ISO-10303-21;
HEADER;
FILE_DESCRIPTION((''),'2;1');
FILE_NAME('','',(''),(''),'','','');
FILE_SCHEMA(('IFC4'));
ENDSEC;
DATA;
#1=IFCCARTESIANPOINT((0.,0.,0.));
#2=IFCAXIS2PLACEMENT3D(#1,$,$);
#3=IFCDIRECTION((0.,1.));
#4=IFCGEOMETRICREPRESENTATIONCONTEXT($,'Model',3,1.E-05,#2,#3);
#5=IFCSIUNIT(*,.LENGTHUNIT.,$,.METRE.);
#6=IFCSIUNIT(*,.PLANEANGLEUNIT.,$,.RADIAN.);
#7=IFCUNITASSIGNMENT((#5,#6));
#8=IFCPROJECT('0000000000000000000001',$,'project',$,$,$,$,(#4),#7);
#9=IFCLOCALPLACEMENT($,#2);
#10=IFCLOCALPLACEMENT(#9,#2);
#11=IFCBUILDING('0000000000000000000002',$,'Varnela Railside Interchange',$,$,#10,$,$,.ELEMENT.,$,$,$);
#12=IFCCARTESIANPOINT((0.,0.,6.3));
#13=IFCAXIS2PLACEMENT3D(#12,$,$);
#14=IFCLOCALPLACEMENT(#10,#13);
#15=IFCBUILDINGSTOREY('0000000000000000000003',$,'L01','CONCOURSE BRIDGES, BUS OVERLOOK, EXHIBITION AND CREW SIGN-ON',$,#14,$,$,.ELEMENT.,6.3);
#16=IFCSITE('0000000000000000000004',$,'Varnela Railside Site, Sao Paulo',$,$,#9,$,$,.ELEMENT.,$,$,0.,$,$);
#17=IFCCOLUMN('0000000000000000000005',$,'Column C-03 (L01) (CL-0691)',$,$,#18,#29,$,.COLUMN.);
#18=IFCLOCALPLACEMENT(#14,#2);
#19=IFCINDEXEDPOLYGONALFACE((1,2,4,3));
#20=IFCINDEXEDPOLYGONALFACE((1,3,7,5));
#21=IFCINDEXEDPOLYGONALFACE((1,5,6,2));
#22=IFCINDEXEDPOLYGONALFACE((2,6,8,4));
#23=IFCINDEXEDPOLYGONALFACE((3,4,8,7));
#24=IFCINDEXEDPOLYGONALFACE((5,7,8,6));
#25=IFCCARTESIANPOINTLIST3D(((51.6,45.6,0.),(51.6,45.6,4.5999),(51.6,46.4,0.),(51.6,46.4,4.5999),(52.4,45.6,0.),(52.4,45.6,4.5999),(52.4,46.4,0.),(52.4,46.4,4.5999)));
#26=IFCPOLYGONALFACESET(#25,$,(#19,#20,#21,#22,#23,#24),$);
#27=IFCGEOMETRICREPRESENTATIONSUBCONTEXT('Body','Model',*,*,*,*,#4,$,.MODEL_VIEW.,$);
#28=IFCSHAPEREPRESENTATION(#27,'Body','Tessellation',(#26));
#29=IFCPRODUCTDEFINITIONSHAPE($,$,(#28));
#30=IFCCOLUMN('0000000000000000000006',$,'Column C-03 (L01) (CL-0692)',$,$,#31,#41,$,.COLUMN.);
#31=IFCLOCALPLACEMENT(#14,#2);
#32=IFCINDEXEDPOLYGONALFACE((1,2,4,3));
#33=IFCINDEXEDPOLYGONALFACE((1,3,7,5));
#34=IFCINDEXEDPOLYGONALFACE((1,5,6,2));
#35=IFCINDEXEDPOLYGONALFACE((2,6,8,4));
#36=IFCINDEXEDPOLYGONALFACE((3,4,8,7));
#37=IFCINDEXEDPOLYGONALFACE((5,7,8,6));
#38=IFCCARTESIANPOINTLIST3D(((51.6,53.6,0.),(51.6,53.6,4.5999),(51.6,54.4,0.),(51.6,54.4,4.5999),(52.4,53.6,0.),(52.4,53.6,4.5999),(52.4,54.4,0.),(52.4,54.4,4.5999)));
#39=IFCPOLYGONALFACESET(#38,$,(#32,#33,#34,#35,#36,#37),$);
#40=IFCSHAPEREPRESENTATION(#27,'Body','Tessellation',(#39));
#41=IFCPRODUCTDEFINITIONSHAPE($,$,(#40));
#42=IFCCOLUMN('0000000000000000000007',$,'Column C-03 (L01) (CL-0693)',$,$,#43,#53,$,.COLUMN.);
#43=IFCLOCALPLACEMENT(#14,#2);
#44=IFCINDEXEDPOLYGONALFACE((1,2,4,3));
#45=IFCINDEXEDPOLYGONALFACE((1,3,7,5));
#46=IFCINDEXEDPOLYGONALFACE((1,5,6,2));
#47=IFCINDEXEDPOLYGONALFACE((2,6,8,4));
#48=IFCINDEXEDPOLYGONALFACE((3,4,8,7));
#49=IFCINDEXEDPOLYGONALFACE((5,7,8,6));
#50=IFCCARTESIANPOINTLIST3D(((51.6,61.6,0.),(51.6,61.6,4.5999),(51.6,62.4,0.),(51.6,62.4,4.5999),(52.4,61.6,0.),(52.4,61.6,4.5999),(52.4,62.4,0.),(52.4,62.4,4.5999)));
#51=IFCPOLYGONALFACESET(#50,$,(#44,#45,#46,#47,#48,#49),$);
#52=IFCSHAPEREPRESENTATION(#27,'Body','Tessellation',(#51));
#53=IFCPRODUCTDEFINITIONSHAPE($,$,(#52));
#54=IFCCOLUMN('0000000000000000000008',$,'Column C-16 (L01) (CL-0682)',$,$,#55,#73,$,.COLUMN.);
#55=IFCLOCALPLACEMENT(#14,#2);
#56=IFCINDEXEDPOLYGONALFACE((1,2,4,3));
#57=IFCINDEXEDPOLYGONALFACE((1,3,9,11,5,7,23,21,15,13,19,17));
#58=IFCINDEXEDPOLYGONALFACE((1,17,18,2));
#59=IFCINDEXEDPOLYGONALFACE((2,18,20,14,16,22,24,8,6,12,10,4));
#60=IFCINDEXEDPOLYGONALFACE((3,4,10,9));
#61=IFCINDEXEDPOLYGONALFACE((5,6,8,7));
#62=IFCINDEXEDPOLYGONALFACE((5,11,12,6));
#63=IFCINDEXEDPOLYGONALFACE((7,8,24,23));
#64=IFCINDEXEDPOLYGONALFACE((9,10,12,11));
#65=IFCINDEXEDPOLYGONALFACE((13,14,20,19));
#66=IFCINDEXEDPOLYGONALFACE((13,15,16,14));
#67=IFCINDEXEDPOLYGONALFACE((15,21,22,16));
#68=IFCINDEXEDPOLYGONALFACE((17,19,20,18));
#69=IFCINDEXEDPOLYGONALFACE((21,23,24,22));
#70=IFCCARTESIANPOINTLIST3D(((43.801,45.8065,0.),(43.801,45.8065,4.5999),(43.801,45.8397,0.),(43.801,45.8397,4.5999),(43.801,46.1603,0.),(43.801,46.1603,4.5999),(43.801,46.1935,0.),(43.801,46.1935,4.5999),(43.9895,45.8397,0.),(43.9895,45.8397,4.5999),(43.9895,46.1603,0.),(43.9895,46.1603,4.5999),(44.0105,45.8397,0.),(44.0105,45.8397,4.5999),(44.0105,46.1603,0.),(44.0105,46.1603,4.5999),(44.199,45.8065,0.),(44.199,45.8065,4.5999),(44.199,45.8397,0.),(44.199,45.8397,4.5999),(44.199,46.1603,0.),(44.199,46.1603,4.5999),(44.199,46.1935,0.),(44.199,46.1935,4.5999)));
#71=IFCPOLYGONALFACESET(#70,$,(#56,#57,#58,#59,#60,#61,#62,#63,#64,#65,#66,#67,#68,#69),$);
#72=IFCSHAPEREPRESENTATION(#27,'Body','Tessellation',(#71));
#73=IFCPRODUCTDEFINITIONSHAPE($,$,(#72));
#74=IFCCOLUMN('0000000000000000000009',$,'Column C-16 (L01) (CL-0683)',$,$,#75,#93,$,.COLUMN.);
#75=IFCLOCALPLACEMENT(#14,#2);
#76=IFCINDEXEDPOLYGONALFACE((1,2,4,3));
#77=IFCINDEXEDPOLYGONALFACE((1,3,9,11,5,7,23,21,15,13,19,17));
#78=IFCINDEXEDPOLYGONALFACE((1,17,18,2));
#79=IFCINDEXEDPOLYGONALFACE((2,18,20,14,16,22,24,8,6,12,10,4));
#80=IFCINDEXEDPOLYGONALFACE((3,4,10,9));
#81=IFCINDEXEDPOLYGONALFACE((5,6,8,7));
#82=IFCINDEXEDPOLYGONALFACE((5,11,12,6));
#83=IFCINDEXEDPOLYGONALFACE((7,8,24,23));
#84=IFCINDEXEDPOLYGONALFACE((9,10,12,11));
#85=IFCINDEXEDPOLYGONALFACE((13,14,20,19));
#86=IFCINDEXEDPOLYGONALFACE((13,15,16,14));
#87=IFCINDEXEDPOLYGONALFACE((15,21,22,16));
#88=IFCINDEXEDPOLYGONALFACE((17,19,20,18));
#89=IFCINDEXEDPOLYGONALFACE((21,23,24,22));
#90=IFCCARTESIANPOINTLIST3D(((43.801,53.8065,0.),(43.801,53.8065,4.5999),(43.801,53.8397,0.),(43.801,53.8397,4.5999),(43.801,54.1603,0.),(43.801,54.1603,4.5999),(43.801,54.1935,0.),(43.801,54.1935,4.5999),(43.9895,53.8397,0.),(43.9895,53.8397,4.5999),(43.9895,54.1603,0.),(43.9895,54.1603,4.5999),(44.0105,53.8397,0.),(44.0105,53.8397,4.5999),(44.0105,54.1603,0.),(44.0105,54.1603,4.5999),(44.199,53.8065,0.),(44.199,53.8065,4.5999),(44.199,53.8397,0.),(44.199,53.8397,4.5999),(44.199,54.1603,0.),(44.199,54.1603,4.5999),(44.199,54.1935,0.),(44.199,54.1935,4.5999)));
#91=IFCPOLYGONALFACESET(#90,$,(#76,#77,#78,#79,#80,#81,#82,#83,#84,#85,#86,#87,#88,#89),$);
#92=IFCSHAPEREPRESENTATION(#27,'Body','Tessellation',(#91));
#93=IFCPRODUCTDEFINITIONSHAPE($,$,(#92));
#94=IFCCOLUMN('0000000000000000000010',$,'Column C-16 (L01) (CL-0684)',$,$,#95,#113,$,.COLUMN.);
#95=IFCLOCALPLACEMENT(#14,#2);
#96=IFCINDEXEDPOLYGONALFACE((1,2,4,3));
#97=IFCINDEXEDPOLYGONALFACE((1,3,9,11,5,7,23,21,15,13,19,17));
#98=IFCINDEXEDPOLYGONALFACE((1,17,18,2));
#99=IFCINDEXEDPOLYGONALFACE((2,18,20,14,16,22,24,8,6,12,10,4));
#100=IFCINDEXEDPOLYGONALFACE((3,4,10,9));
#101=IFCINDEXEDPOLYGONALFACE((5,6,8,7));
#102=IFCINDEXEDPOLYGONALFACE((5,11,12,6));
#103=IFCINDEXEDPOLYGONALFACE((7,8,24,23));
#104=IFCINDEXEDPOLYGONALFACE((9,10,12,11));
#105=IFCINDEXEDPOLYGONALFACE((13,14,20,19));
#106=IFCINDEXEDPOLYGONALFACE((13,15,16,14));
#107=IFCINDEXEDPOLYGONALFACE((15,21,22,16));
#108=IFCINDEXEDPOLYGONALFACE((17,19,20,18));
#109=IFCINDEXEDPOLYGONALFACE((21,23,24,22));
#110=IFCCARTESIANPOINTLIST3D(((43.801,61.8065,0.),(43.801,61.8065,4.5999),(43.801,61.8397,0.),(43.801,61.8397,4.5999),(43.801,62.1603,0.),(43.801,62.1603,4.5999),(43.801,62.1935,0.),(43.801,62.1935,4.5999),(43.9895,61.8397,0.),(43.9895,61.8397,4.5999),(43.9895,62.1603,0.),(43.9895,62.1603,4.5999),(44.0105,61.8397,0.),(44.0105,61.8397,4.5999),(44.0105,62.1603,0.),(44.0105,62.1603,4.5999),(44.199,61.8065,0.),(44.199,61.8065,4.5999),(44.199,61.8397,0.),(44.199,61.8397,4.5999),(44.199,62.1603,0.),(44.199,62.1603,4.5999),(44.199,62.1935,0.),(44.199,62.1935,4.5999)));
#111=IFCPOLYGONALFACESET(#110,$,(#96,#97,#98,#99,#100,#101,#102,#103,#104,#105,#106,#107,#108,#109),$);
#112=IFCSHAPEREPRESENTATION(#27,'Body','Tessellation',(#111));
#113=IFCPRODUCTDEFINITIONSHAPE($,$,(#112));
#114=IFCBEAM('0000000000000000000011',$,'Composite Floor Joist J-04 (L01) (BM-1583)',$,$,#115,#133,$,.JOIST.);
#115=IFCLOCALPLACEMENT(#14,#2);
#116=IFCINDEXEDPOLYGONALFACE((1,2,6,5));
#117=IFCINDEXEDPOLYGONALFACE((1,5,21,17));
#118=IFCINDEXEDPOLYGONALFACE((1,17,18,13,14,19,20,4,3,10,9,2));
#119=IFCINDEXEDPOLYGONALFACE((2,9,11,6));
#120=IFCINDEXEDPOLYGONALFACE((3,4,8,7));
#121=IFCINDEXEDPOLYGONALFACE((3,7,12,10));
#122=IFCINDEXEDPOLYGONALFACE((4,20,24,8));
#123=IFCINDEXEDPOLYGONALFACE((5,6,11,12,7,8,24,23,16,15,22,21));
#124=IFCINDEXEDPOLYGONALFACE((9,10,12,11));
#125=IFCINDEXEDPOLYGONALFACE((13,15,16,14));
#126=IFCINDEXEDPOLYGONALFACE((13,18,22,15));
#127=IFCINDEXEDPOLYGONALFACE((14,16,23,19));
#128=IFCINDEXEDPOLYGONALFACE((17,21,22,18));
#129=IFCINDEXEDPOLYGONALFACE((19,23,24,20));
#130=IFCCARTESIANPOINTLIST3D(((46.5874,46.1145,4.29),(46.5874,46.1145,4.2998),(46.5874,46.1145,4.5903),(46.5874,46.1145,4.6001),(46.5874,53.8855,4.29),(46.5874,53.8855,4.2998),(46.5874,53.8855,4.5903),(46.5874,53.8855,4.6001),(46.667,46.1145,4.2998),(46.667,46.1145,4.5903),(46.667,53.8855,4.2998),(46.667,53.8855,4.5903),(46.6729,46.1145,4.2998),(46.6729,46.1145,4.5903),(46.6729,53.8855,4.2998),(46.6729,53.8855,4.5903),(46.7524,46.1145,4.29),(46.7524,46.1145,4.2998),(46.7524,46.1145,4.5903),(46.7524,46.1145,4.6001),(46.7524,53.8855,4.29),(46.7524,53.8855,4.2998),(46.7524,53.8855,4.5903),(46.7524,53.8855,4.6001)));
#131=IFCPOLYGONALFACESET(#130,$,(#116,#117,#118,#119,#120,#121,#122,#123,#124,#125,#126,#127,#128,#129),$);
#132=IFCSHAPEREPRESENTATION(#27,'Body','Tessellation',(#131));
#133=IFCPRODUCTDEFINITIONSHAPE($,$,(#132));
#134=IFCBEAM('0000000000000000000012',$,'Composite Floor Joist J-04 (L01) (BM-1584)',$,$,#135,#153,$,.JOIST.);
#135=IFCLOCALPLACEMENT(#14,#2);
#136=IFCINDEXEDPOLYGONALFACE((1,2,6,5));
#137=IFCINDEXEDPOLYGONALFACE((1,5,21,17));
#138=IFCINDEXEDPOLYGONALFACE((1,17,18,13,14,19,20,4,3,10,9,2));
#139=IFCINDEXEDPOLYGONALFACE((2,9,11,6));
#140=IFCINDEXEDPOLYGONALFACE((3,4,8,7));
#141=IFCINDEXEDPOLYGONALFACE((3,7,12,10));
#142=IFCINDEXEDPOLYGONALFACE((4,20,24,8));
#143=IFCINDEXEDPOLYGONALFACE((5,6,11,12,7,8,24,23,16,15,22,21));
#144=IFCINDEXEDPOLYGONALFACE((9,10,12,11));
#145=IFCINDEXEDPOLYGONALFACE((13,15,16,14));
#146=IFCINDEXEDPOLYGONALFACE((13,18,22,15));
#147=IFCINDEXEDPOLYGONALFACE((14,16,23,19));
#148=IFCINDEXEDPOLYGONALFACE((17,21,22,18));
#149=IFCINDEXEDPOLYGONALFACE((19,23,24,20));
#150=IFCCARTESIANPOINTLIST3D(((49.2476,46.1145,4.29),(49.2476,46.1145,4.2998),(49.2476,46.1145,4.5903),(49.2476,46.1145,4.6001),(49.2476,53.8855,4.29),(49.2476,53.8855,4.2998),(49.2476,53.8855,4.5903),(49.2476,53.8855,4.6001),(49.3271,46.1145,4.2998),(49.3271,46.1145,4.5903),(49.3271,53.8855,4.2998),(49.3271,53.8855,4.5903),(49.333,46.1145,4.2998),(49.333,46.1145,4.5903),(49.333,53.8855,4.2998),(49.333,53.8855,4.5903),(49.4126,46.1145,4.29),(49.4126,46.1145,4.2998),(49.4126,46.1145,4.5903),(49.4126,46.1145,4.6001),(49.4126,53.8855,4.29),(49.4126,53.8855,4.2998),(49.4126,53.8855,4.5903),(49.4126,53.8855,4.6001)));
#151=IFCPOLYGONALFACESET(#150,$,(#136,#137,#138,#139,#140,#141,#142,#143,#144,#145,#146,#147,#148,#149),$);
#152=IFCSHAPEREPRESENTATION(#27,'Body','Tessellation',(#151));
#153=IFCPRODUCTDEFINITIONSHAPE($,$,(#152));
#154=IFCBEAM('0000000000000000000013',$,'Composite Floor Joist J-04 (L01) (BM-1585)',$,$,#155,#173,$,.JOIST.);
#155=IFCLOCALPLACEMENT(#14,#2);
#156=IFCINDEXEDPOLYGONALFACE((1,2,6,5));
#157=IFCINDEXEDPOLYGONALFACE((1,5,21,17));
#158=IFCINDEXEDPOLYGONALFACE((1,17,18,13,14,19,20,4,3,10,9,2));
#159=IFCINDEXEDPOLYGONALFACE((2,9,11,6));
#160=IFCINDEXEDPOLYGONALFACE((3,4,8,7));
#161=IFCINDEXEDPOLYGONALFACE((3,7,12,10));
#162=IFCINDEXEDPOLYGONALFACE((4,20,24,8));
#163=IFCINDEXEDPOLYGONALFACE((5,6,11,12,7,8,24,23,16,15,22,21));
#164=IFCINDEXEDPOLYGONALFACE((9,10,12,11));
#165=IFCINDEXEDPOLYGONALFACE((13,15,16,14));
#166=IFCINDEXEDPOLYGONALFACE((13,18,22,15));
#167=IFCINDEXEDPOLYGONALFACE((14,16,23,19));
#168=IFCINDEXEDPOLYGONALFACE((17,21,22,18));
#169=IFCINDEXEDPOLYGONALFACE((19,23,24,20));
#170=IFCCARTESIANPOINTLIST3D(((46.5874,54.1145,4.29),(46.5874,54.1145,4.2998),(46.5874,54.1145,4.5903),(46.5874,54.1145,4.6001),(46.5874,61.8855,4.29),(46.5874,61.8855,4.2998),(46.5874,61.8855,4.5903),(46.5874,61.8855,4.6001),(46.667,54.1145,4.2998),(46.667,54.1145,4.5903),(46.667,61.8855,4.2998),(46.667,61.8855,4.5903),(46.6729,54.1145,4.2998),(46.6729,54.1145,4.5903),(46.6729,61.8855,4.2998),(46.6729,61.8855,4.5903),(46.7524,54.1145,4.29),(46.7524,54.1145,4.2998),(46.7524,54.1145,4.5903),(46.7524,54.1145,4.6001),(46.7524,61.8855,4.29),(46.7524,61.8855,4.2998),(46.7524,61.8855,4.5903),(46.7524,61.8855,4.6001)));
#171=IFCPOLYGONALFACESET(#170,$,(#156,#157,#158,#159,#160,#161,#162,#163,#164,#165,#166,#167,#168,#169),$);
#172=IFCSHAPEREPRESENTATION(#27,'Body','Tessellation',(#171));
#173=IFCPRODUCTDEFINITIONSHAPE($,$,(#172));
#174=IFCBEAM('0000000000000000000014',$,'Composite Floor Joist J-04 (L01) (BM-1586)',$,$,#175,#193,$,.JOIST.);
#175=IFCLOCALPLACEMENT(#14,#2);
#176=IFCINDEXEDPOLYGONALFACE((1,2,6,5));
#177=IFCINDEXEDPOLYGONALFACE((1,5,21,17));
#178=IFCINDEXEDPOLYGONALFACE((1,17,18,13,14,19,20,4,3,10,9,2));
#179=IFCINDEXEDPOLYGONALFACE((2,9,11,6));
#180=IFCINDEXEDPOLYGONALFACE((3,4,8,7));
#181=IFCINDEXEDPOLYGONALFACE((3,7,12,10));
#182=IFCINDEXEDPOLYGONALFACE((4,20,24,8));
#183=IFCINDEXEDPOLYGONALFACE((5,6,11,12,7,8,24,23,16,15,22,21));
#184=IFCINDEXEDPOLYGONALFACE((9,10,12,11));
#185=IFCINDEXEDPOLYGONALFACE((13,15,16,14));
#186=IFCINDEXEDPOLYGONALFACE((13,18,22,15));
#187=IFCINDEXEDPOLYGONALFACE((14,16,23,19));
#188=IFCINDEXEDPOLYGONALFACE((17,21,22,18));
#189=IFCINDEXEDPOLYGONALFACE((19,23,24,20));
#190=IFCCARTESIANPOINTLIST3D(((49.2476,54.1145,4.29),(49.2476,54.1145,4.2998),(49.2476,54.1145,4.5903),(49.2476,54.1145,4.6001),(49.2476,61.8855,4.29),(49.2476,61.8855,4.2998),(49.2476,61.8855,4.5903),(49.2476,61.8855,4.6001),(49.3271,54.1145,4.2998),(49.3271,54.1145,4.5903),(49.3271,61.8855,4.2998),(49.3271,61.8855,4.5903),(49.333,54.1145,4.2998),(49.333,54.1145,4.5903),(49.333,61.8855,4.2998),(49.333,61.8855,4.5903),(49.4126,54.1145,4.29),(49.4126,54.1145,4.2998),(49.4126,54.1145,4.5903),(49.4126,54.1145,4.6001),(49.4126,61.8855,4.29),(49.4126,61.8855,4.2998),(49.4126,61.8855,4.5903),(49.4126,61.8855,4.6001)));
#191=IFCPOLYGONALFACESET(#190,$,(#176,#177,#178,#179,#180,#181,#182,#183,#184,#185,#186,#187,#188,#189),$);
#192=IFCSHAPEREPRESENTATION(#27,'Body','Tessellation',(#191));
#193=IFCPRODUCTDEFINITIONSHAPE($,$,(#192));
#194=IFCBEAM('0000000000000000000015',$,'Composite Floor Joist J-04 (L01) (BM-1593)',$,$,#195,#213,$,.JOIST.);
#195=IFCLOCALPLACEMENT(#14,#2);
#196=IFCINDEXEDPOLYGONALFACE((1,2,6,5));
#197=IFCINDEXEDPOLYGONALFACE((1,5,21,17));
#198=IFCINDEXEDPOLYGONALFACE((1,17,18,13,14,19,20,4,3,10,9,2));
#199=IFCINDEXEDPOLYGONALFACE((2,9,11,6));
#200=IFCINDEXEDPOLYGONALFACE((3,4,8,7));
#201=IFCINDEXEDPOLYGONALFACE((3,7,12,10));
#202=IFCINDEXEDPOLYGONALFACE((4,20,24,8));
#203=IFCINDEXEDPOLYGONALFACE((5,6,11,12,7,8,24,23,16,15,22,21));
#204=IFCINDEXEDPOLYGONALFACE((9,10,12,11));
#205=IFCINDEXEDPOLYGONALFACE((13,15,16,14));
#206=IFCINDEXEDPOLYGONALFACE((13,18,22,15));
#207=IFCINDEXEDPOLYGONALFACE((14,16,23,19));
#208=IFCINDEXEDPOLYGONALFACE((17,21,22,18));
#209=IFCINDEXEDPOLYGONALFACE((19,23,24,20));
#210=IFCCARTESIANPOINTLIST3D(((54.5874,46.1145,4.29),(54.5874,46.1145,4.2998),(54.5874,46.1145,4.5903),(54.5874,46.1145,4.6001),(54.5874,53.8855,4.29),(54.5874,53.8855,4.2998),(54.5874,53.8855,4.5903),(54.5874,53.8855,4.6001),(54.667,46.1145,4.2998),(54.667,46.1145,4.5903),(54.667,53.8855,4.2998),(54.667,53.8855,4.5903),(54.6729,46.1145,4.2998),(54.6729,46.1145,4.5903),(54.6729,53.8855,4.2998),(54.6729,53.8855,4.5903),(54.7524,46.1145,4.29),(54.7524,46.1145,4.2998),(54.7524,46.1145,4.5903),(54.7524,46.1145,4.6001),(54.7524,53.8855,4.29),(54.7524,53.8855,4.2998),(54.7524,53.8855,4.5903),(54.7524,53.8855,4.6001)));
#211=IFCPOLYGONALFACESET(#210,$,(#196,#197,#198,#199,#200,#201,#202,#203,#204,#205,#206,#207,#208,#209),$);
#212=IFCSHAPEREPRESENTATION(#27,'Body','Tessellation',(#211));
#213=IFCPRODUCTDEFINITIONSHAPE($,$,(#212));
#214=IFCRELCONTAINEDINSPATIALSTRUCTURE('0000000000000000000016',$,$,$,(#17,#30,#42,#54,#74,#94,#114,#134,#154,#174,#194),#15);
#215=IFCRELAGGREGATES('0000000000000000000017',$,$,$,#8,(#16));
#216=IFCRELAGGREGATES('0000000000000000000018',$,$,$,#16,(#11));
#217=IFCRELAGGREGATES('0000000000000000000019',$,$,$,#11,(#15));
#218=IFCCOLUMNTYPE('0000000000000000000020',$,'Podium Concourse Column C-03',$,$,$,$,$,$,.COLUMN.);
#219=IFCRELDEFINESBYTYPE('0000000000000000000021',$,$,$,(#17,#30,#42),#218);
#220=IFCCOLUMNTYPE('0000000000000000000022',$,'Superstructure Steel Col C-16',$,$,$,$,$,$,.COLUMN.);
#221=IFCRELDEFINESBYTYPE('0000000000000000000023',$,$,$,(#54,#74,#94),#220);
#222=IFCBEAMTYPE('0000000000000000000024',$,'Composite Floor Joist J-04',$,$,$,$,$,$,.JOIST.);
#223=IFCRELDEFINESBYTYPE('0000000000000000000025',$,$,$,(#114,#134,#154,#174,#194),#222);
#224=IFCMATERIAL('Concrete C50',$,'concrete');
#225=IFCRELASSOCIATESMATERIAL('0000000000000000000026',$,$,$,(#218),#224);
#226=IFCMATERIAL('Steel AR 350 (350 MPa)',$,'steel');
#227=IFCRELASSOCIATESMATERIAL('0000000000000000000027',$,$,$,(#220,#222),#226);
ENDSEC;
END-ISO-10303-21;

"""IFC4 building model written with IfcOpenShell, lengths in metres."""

from ifc_helpers import new_model, si_unit, direction, frame, origin, origin_2d, place, context, subcontext, project, spatial, rectangle, i_section, extrude, material, material_profile, profile_set, type_object, element, save


model = new_model("IFC4")

# Units and contexts
model_context = context("Model", 3, precision=1e-05, world=origin(), true_north=direction((0.0, 1.0)))
body_context = subcontext(model_context, "Body", "Model", "MODEL_VIEW")
ifc_project = project(units=[si_unit("LENGTHUNIT", "METRE"), si_unit("PLANEANGLEUNIT", "RADIAN")], contexts=[model_context])

# Site, building, storey
site_placement = place(None, origin())
site = spatial("IfcSite", under=ifc_project, at=site_placement, Name="Varnela Railside Site, Sao Paulo", CompositionType="ELEMENT", RefElevation=0.0)
building_placement = place(site_placement, origin())
building = spatial("IfcBuilding", under=site, at=building_placement, Name="Varnela Railside Interchange", CompositionType="ELEMENT")
storey_placement = place(building_placement, frame((0.0, 0.0, 6.3)))
storey = spatial("IfcBuildingStorey", under=building, at=storey_placement, Name="L01", Description="CONCOURSE BRIDGES, BUS OVERLOOK, EXHIBITION AND CREW SIGN-ON", CompositionType="ELEMENT", Elevation=6.3)

# Columns
ifc_material_1 = material(Name="Concrete C50", Category="concrete")
ifc_material_profile_1 = material_profile(ifc_material_1, rectangle(XDim=0.8, YDim=0.8, at=origin_2d()), Name="RC 800x800")
ifc_profile_set_1 = profile_set([ifc_material_profile_1], Name="Concrete C50")
column_type_1 = type_object("IfcColumnType", Name="Podium Concourse Column C-03", PredefinedType="COLUMN", material=ifc_profile_set_1)
for number, where, z_axis, x_axis, name in (
    (1, (52.0, 46.0, 0.0), (0.0, 0.0, 1.0), (1.0, 0.0, 0.0), "Column C-03 (L01) (CL-0691)"),
    (2, (52.0, 54.0, 0.0), (0.0, 0.0, 1.0), (1.0, 0.0, 0.0), "Column C-03 (L01) (CL-0692)"),
    (3, (52.0, 62.0, 0.0), (0.0, 0.0, 1.0), (1.0, 0.0, 0.0), "Column C-03 (L01) (CL-0693)"),
):
    element("IfcColumn", number, at=place(storey_placement, frame(where, z_axis=z_axis, x_axis=x_axis)), inside=storey, type_object=column_type_1, Name=name, PredefinedType="COLUMN", context=body_context, shape_type="SweptSolid", body=[
        extrude(rectangle(XDim=0.8, YDim=0.8, at=origin_2d()), origin(), (0.0, 0.0, 1.0), 4.5999),
    ])
ifc_material_2 = material(Name="Steel AR 350 (350 MPa)", Category="steel")
ifc_material_profile_2 = material_profile(ifc_material_2, i_section(OverallWidth=0.3979, OverallDepth=0.387, WebThickness=0.021, FlangeThickness=0.0332, at=origin_2d()), Name="W360x262")
ifc_profile_set_2 = profile_set([ifc_material_profile_2], Name="Steel AR 350 (350 MPa)")
column_type_2 = type_object("IfcColumnType", Name="Superstructure Steel Col C-16", PredefinedType="COLUMN", material=ifc_profile_set_2)
for number, where, z_axis, x_axis, name in (
    (4, (44.0, 46.0, 0.0), (0.0, 0.0, 1.0), (1.0, 0.0, 0.0), "Column C-16 (L01) (CL-0682)"),
    (5, (44.0, 54.0, 0.0), (0.0, 0.0, 1.0), (1.0, 0.0, 0.0), "Column C-16 (L01) (CL-0683)"),
    (6, (44.0, 62.0, 0.0), (0.0, 0.0, 1.0), (1.0, 0.0, 0.0), "Column C-16 (L01) (CL-0684)"),
):
    element("IfcColumn", number, at=place(storey_placement, frame(where, z_axis=z_axis, x_axis=x_axis)), inside=storey, type_object=column_type_2, Name=name, PredefinedType="COLUMN", context=body_context, shape_type="SweptSolid", body=[
        extrude(i_section(OverallWidth=0.3979, OverallDepth=0.387, WebThickness=0.021, FlangeThickness=0.0332, at=origin_2d()), origin(), (0.0, 0.0, 1.0), 4.5999),
    ])

# Beams
ifc_material_profile_3 = material_profile(ifc_material_2, i_section(OverallWidth=0.165, OverallDepth=0.3101, WebThickness=0.0059, FlangeThickness=0.0098, at=origin_2d()), Name="W310x38.7")
ifc_profile_set_3 = profile_set([ifc_material_profile_3], Name="Steel AR 350 (350 MPa)")
beam_type_1 = type_object("IfcBeamType", Name="Composite Floor Joist J-04", PredefinedType="JOIST", material=ifc_profile_set_3)
for number, where, z_axis, x_axis, name in (
    (7, (46.6699, 46.1145, 4.4451), (0.0, 1.0, 0.0), (-1.0, 0.0, 0.0), "Composite Floor Joist J-04 (L01) (BM-1583)"),
    (8, (49.3301, 46.1145, 4.4451), (0.0, 1.0, 0.0), (-1.0, 0.0, 0.0), "Composite Floor Joist J-04 (L01) (BM-1584)"),
    (9, (46.6699, 54.1145, 4.4451), (0.0, 1.0, 0.0), (-1.0, 0.0, 0.0), "Composite Floor Joist J-04 (L01) (BM-1585)"),
    (10, (49.3301, 54.1145, 4.4451), (0.0, 1.0, 0.0), (-1.0, 0.0, 0.0), "Composite Floor Joist J-04 (L01) (BM-1586)"),
    (11, (54.6699, 46.1145, 4.4451), (0.0, 1.0, 0.0), (-1.0, 0.0, 0.0), "Composite Floor Joist J-04 (L01) (BM-1593)"),
):
    element("IfcBeam", number, at=place(storey_placement, frame(where, z_axis=z_axis, x_axis=x_axis)), inside=storey, type_object=beam_type_1, Name=name, PredefinedType="JOIST", context=body_context, shape_type="SweptSolid", body=[
        extrude(i_section(OverallWidth=0.165, OverallDepth=0.3101, WebThickness=0.0059, FlangeThickness=0.0098, at=origin_2d()), origin(), (0.0, 0.0, 1.0), 7.771),
    ])

save(model, "model.ifc")
